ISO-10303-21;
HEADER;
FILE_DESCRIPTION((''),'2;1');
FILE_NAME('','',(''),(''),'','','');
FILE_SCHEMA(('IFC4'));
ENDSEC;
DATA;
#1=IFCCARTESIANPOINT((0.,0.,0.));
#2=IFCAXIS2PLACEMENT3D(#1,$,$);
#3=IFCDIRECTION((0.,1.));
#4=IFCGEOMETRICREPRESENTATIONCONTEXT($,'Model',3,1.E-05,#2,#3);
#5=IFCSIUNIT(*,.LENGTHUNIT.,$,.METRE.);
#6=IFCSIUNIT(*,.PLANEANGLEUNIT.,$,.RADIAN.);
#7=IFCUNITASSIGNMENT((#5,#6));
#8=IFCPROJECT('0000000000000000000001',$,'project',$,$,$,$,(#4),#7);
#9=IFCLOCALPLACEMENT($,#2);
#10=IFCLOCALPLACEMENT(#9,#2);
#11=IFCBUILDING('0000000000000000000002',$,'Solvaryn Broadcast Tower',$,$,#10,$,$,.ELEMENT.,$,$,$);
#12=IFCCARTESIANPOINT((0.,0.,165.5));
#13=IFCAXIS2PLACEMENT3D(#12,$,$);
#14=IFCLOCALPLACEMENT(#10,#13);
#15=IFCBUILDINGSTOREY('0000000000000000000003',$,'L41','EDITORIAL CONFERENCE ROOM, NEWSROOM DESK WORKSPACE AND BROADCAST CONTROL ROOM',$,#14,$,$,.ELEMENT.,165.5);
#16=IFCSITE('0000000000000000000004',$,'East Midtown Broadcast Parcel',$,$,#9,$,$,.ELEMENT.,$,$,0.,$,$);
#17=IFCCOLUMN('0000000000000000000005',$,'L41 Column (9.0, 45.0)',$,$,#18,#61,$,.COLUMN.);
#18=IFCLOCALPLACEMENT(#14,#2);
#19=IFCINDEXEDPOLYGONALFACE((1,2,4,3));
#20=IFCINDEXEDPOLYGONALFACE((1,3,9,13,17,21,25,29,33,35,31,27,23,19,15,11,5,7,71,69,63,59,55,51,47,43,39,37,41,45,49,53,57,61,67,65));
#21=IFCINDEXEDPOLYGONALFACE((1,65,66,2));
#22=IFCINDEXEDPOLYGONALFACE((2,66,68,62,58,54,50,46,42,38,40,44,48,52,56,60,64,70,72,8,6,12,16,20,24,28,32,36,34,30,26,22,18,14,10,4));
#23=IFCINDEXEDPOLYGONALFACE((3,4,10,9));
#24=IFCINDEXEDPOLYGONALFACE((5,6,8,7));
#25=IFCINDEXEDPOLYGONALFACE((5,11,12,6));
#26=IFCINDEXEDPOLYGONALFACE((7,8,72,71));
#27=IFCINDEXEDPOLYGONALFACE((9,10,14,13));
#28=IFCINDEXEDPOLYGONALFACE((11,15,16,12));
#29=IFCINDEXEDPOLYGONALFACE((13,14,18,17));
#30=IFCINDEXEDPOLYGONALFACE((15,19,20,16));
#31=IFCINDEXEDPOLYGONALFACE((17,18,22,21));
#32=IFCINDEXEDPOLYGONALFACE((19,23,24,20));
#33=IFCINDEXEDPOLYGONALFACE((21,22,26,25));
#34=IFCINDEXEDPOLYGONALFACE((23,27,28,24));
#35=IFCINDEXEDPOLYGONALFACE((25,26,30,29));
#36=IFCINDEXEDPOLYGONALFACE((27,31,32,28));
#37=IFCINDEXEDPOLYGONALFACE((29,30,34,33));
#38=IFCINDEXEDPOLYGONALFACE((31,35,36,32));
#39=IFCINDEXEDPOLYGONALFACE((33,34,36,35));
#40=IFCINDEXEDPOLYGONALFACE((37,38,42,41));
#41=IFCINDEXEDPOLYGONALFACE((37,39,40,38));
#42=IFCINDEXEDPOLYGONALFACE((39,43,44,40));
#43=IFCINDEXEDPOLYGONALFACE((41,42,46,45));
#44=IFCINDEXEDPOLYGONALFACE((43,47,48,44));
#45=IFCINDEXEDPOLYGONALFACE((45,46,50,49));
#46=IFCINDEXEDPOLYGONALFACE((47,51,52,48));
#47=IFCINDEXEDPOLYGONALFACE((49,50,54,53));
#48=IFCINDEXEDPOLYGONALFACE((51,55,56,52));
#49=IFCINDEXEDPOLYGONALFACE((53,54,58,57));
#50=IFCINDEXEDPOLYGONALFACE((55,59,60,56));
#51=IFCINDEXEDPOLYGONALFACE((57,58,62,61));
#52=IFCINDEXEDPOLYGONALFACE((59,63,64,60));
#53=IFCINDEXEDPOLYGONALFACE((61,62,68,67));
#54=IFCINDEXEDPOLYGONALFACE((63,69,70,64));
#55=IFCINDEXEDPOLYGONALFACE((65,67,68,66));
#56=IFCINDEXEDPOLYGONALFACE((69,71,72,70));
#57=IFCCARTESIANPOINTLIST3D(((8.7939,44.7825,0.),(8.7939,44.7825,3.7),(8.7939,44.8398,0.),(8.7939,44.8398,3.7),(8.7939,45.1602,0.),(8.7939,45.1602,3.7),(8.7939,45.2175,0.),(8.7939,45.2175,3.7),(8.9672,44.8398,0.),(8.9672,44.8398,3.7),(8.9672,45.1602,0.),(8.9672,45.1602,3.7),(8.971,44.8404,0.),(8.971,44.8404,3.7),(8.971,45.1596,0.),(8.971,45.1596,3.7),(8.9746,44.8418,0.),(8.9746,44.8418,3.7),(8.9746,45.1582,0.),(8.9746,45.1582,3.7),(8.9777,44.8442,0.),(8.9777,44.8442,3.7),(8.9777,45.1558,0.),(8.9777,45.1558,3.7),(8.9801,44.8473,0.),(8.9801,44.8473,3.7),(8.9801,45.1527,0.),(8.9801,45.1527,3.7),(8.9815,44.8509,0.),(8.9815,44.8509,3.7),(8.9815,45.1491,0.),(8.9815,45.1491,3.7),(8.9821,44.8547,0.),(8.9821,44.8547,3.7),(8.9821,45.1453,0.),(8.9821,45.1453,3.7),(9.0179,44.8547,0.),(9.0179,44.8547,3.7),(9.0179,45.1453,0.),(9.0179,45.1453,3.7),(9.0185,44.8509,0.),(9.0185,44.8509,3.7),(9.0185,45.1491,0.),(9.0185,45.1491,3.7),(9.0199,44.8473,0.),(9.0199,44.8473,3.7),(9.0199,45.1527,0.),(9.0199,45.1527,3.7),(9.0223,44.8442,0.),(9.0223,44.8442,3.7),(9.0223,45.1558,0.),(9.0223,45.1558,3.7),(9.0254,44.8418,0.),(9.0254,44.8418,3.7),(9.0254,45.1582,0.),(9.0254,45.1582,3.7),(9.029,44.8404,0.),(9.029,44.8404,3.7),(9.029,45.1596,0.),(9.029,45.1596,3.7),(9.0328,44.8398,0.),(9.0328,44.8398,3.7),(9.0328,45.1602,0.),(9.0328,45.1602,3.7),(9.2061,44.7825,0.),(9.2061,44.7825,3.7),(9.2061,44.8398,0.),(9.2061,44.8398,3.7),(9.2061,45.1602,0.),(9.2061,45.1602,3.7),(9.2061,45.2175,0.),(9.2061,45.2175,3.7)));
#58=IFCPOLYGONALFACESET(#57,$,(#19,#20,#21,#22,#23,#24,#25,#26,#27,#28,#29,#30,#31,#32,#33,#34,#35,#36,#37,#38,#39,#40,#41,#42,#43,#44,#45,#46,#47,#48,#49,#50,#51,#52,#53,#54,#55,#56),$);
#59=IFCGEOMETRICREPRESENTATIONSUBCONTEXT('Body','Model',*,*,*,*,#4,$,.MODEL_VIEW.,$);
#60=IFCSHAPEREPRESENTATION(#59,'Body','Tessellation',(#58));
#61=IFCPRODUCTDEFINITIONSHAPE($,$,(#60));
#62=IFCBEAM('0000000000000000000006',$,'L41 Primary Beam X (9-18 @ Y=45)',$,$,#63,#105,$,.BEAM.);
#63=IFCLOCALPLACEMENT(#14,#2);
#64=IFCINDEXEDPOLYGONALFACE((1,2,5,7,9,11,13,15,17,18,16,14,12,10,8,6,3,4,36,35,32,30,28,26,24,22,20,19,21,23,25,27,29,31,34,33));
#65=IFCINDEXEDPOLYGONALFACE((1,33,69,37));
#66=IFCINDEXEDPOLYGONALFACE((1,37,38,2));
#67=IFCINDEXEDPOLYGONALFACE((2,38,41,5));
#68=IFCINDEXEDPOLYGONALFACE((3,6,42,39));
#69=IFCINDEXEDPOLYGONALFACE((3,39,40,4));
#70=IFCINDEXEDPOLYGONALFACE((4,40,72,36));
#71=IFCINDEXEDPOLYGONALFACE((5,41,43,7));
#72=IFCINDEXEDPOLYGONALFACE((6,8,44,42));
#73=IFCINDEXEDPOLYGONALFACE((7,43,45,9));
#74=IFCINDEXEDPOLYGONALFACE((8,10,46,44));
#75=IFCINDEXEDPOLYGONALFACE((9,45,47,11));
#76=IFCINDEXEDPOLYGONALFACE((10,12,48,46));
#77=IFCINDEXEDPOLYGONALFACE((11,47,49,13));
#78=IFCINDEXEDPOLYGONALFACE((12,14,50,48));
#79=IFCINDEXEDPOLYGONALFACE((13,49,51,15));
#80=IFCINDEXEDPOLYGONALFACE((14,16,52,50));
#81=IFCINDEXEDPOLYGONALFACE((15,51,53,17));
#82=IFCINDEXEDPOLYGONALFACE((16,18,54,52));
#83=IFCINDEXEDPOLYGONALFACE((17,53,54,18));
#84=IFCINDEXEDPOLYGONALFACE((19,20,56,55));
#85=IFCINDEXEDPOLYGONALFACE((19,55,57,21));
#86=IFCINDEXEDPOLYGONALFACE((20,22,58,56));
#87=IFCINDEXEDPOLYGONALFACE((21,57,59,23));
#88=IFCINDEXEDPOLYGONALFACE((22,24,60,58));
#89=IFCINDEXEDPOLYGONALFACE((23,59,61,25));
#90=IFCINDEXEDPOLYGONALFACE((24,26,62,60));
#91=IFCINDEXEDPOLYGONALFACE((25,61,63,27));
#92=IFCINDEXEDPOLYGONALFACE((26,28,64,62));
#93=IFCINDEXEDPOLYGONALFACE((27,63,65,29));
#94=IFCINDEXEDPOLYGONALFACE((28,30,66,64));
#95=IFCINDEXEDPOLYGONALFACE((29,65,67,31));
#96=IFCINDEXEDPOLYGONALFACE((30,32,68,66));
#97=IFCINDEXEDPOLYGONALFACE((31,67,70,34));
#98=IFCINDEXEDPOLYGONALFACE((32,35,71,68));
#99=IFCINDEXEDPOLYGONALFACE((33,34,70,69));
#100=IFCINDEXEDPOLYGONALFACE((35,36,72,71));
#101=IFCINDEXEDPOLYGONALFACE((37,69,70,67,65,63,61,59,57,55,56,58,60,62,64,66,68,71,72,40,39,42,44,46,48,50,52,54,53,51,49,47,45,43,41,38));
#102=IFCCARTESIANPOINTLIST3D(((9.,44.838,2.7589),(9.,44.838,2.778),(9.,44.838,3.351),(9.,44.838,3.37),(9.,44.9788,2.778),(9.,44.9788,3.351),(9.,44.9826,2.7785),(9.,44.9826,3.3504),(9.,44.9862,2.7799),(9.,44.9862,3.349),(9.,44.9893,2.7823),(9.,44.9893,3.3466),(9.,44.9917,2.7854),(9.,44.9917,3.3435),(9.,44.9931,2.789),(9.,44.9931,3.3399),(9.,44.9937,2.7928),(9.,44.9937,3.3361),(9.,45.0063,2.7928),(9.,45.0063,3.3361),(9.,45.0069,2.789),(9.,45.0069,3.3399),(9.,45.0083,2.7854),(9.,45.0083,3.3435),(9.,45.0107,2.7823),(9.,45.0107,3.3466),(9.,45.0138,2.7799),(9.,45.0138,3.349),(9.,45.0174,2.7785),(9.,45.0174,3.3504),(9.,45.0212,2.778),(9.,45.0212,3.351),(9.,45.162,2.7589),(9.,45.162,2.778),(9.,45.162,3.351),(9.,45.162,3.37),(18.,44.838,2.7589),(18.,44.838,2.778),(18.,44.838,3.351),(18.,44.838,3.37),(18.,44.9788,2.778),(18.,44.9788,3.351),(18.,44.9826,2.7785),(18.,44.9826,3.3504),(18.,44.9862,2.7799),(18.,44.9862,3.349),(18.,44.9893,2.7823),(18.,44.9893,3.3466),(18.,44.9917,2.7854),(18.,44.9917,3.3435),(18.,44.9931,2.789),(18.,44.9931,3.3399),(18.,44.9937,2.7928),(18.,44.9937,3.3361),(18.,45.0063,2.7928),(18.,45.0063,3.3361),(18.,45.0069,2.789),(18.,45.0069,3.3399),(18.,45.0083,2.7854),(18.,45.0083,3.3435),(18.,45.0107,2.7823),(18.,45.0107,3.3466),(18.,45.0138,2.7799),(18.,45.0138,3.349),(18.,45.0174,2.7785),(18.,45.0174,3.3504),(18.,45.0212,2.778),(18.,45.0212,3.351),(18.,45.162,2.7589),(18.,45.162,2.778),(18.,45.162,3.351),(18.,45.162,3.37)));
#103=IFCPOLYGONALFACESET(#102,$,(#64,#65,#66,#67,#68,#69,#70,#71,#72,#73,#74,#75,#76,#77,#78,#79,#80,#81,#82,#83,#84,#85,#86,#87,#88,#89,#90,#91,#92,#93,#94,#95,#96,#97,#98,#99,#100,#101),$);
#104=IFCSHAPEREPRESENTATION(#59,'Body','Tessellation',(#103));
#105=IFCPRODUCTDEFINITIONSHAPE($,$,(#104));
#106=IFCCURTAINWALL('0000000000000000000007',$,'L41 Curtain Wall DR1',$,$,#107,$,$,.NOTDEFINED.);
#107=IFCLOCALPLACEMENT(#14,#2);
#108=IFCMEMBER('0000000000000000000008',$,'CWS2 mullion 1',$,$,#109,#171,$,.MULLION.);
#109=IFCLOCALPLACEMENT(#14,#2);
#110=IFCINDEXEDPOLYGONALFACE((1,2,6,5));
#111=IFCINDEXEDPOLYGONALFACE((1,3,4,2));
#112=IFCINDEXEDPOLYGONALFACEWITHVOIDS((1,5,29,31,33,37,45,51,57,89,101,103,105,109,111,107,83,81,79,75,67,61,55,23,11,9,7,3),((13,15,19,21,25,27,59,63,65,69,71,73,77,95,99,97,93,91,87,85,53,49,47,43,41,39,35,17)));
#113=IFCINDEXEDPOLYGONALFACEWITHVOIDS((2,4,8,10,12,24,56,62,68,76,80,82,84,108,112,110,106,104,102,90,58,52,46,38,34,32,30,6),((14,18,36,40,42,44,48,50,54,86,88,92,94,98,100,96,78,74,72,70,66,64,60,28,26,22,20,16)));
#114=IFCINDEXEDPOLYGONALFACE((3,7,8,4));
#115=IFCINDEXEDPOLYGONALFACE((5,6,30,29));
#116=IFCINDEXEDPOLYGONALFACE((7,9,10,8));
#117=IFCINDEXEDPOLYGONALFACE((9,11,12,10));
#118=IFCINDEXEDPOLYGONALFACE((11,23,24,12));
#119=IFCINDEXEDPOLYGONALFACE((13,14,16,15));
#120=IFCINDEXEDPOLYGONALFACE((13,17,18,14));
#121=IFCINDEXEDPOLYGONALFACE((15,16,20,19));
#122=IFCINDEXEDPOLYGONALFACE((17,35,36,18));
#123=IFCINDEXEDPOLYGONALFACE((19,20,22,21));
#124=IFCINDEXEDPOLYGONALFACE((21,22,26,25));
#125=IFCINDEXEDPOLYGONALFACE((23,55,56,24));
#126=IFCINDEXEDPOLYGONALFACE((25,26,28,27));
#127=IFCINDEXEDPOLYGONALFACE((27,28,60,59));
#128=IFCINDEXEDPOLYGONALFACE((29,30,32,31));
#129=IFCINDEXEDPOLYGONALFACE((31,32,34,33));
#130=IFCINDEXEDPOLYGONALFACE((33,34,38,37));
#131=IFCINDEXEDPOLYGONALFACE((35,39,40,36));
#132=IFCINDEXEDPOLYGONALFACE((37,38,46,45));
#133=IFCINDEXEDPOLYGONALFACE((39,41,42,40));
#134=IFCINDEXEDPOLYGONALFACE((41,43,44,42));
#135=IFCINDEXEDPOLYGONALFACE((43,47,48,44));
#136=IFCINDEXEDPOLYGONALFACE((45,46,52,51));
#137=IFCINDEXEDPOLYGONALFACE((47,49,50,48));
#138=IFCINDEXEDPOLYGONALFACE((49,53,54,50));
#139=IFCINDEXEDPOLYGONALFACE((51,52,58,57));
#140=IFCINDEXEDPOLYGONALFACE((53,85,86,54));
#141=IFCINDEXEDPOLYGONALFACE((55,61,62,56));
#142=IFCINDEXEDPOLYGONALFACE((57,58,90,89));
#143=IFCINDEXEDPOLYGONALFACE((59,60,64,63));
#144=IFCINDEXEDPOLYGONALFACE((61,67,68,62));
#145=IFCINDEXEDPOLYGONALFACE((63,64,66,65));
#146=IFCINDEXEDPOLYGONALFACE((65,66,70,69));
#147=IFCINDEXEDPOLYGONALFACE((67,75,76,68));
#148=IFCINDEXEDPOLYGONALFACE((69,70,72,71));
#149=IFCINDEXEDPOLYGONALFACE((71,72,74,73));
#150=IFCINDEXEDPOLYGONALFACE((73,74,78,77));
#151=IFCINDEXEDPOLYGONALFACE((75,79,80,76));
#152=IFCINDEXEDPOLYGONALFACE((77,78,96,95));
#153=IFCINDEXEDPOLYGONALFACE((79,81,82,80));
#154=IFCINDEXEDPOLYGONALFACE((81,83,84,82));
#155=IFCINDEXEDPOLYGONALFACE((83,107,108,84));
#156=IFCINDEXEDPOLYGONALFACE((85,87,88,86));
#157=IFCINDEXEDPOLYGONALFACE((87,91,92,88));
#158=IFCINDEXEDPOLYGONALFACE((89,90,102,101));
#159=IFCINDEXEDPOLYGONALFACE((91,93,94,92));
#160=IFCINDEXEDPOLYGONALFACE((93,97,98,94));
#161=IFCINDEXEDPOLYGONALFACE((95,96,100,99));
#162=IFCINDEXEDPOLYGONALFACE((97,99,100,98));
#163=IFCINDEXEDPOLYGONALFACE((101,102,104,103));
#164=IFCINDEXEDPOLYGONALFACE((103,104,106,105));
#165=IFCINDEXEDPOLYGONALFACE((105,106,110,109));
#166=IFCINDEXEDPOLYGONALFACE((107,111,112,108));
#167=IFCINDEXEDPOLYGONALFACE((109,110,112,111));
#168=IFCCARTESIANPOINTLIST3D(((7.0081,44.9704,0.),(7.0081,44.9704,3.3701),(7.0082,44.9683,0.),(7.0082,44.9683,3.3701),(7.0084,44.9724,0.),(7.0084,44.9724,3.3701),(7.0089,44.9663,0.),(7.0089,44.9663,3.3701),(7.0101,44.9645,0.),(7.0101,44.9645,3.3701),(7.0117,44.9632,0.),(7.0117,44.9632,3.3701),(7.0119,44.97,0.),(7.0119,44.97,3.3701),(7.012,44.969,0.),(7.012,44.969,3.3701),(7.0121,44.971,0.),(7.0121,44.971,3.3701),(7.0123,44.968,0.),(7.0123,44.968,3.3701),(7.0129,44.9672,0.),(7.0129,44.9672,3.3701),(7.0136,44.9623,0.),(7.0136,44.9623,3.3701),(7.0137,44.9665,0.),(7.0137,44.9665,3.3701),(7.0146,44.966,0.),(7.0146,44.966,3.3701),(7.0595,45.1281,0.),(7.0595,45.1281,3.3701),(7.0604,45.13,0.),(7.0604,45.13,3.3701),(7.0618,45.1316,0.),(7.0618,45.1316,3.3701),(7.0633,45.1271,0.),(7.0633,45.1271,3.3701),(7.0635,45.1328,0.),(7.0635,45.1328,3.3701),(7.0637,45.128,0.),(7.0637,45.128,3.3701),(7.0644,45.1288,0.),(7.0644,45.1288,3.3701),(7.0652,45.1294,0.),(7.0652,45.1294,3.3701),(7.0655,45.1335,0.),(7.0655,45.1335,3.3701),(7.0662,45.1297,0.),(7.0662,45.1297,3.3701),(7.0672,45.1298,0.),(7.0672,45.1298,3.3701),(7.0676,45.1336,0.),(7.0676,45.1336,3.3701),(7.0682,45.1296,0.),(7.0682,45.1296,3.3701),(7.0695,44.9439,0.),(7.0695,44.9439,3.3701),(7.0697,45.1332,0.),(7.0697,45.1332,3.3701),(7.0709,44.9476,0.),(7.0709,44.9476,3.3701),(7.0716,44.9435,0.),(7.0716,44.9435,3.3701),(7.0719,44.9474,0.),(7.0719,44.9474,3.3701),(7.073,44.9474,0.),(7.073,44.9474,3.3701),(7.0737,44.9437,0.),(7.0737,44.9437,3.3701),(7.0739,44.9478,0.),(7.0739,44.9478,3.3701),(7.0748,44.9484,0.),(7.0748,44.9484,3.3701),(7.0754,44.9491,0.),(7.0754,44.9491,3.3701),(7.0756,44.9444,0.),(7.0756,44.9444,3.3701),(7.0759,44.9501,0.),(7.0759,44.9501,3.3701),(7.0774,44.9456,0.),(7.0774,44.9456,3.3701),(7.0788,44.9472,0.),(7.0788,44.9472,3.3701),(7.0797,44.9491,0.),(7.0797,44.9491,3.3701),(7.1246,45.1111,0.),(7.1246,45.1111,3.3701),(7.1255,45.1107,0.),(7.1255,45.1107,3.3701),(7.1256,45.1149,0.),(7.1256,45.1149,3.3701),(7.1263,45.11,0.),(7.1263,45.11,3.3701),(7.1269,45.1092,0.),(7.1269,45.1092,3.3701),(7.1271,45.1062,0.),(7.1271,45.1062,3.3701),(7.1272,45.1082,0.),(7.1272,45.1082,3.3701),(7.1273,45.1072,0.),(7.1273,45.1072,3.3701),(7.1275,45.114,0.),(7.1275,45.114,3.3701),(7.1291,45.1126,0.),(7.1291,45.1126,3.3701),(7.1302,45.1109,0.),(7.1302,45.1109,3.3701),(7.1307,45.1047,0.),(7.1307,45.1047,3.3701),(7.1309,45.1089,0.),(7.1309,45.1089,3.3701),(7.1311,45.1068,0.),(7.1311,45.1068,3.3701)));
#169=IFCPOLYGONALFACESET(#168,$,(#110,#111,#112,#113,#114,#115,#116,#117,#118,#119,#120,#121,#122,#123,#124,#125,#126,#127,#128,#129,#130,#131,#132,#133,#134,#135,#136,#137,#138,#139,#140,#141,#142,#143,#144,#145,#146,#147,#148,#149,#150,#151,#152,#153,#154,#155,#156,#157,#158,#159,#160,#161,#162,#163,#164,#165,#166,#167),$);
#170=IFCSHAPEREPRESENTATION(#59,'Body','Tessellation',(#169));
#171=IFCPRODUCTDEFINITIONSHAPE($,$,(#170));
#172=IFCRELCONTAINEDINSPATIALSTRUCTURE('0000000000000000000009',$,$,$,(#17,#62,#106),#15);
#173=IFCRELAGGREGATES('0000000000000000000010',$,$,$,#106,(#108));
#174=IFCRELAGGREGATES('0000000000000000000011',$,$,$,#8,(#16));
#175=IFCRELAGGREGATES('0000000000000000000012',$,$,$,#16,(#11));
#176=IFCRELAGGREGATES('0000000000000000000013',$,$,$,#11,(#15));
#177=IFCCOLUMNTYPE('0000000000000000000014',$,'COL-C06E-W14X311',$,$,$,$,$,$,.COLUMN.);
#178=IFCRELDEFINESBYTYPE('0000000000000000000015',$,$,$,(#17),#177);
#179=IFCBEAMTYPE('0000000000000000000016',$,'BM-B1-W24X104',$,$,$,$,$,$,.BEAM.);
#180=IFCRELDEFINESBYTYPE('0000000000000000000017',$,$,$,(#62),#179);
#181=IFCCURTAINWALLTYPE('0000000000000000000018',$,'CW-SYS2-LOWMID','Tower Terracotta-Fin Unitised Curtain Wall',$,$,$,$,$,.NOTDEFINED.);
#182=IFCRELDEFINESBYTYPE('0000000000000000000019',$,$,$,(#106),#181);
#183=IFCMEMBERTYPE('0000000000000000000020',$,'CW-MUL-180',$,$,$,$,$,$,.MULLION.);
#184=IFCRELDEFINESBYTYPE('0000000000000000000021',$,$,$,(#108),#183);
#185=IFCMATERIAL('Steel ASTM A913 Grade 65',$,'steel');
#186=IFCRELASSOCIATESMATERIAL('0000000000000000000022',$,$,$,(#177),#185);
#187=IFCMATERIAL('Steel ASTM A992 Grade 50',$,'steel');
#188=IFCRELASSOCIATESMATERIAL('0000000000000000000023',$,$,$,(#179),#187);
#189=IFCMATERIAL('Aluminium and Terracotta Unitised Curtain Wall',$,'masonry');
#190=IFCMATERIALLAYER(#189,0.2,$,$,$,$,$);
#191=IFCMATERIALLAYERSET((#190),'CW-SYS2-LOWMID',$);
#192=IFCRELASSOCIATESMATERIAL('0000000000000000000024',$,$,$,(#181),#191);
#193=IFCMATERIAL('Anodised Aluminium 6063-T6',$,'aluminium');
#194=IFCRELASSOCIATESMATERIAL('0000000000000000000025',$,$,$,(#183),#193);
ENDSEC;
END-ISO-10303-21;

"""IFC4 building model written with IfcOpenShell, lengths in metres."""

from ifc_helpers import new_model, si_unit, direction, frame, origin, origin_2d, place, context, subcontext, project, spatial, hollow_rectangle, i_section, extrude, material, layer, layer_set, material_profile, profile_set, type_object, element, aggregate, save


model = new_model("IFC4")

# Units and contexts
model_context = context("Model", 3, precision=1e-05, world=origin(), true_north=direction((0.0, 1.0)))
body_context = subcontext(model_context, "Body", "Model", "MODEL_VIEW")
ifc_project = project(units=[si_unit("LENGTHUNIT", "METRE"), si_unit("PLANEANGLEUNIT", "RADIAN")], contexts=[model_context])

# Site, building, storey
site_placement = place(None, origin())
site = spatial("IfcSite", under=ifc_project, at=site_placement, Name="East Midtown Broadcast Parcel", CompositionType="ELEMENT", RefElevation=0.0)
building_placement = place(site_placement, origin())
building = spatial("IfcBuilding", under=site, at=building_placement, Name="Solvaryn Broadcast Tower", CompositionType="ELEMENT")
storey_placement = place(building_placement, frame((0.0, 0.0, 165.5)))
storey = spatial("IfcBuildingStorey", under=building, at=storey_placement, Name="L41", Description="EDITORIAL CONFERENCE ROOM, NEWSROOM DESK WORKSPACE AND BROADCAST CONTROL ROOM", CompositionType="ELEMENT", Elevation=165.5)

# Column
ifc_material_1 = material(Name="Steel ASTM A913 Grade 65", Category="steel")
ifc_material_profile_1 = material_profile(ifc_material_1, i_section(OverallWidth=0.4121, OverallDepth=0.4351, WebThickness=0.0359, FlangeThickness=0.0574, FilletRadius=0.0149, at=origin_2d()))
ifc_profile_set_1 = profile_set([ifc_material_profile_1], Name="Steel ASTM A913 Grade 65")
column_type = type_object("IfcColumnType", Name="COL-C06E-W14X311", PredefinedType="COLUMN", material=ifc_profile_set_1)
column_placement = place(storey_placement, frame((9.0, 45.0, 0.0), z_axis=(0.0, 0.0, 1.0), x_axis=(1.0, 0.0, 0.0)))
element("IfcColumn", 1, at=column_placement, inside=storey, type_object=column_type, Name="L41 Column (9.0, 45.0)", PredefinedType="COLUMN", context=body_context, shape_type="SweptSolid", body=[
    extrude(i_section(OverallWidth=0.4121, OverallDepth=0.4351, WebThickness=0.0359, FlangeThickness=0.0574, FilletRadius=0.0149, at=origin_2d()), origin(), (0.0, 0.0, 1.0), 3.7),
])

# Beam
ifc_material_2 = material(Name="Steel ASTM A992 Grade 50", Category="steel")
ifc_material_profile_2 = material_profile(ifc_material_2, i_section(OverallWidth=0.324, OverallDepth=0.6111, WebThickness=0.0127, FlangeThickness=0.019, FilletRadius=0.0149, at=origin_2d()))
ifc_profile_set_2 = profile_set([ifc_material_profile_2], Name="Steel ASTM A992 Grade 50")
beam_type = type_object("IfcBeamType", Name="BM-B1-W24X104", PredefinedType="BEAM", material=ifc_profile_set_2)
beam_placement = place(storey_placement, frame((9.0, 45.0, 3.0645), z_axis=(1.0, 0.0, 0.0), x_axis=(0.0, 1.0, 0.0)))
element("IfcBeam", 2, at=beam_placement, inside=storey, type_object=beam_type, Name="L41 Primary Beam X (9-18 @ Y=45)", PredefinedType="BEAM", context=body_context, shape_type="SweptSolid", body=[
    extrude(i_section(OverallWidth=0.324, OverallDepth=0.6111, WebThickness=0.0127, FlangeThickness=0.019, FilletRadius=0.0149, at=origin_2d()), origin(), (0.0, 0.0, 1.0), 9.0),
])

# Curtain wall, member
ifc_material_3 = material(Name="Aluminium and Terracotta Unitised Curtain Wall", Category="masonry")
ifc_layer_1 = layer(ifc_material_3, 0.2)
ifc_layer_set_1 = layer_set([ifc_layer_1], Name="CW-SYS2-LOWMID")
curtain_wall_type = type_object("IfcCurtainWallType", Name="CW-SYS2-LOWMID", Description="Tower Terracotta-Fin Unitised Curtain Wall", PredefinedType="NOTDEFINED", material=ifc_layer_set_1)
curtain_wall_1_placement = place(storey_placement, origin())
curtain_wall_1 = element("IfcCurtainWall", 3, at=curtain_wall_1_placement, inside=storey, type_object=curtain_wall_type, Name="L41 Curtain Wall DR1", PredefinedType="NOTDEFINED")
ifc_material_4 = material(Name="Anodised Aluminium 6063-T6", Category="aluminium")
ifc_material_profile_3 = material_profile(ifc_material_4, hollow_rectangle(XDim=0.075, YDim=0.1799, WallThickness=0.0039, InnerFilletRadius=0.0039, OuterFilletRadius=0.0081, at=origin_2d()))
ifc_profile_set_3 = profile_set([ifc_material_profile_3], Name="Anodised Aluminium 6063-T6")
member_type_1 = type_object("IfcMemberType", Name="CW-MUL-180", PredefinedType="MULLION", material=ifc_profile_set_3)
member_1_placement = place(storey_placement, frame((7.0696, 45.0386, 0.0), z_axis=(0.0, 0.0, 1.0), x_axis=(0.950198, -0.311646, 0.0)))
member_1 = element("IfcMember", 4, at=member_1_placement, type_object=member_type_1, Name="CWS2 mullion 1", PredefinedType="MULLION", context=body_context, shape_type="SweptSolid", body=[
    extrude(hollow_rectangle(XDim=0.075, YDim=0.1799, WallThickness=0.0039, InnerFilletRadius=0.0039, OuterFilletRadius=0.0081, at=origin_2d()), origin(), (0.0, 0.0, 1.0), 3.3701),
])

aggregate(curtain_wall_1, [member_1])

save(model, "model.ifc")
